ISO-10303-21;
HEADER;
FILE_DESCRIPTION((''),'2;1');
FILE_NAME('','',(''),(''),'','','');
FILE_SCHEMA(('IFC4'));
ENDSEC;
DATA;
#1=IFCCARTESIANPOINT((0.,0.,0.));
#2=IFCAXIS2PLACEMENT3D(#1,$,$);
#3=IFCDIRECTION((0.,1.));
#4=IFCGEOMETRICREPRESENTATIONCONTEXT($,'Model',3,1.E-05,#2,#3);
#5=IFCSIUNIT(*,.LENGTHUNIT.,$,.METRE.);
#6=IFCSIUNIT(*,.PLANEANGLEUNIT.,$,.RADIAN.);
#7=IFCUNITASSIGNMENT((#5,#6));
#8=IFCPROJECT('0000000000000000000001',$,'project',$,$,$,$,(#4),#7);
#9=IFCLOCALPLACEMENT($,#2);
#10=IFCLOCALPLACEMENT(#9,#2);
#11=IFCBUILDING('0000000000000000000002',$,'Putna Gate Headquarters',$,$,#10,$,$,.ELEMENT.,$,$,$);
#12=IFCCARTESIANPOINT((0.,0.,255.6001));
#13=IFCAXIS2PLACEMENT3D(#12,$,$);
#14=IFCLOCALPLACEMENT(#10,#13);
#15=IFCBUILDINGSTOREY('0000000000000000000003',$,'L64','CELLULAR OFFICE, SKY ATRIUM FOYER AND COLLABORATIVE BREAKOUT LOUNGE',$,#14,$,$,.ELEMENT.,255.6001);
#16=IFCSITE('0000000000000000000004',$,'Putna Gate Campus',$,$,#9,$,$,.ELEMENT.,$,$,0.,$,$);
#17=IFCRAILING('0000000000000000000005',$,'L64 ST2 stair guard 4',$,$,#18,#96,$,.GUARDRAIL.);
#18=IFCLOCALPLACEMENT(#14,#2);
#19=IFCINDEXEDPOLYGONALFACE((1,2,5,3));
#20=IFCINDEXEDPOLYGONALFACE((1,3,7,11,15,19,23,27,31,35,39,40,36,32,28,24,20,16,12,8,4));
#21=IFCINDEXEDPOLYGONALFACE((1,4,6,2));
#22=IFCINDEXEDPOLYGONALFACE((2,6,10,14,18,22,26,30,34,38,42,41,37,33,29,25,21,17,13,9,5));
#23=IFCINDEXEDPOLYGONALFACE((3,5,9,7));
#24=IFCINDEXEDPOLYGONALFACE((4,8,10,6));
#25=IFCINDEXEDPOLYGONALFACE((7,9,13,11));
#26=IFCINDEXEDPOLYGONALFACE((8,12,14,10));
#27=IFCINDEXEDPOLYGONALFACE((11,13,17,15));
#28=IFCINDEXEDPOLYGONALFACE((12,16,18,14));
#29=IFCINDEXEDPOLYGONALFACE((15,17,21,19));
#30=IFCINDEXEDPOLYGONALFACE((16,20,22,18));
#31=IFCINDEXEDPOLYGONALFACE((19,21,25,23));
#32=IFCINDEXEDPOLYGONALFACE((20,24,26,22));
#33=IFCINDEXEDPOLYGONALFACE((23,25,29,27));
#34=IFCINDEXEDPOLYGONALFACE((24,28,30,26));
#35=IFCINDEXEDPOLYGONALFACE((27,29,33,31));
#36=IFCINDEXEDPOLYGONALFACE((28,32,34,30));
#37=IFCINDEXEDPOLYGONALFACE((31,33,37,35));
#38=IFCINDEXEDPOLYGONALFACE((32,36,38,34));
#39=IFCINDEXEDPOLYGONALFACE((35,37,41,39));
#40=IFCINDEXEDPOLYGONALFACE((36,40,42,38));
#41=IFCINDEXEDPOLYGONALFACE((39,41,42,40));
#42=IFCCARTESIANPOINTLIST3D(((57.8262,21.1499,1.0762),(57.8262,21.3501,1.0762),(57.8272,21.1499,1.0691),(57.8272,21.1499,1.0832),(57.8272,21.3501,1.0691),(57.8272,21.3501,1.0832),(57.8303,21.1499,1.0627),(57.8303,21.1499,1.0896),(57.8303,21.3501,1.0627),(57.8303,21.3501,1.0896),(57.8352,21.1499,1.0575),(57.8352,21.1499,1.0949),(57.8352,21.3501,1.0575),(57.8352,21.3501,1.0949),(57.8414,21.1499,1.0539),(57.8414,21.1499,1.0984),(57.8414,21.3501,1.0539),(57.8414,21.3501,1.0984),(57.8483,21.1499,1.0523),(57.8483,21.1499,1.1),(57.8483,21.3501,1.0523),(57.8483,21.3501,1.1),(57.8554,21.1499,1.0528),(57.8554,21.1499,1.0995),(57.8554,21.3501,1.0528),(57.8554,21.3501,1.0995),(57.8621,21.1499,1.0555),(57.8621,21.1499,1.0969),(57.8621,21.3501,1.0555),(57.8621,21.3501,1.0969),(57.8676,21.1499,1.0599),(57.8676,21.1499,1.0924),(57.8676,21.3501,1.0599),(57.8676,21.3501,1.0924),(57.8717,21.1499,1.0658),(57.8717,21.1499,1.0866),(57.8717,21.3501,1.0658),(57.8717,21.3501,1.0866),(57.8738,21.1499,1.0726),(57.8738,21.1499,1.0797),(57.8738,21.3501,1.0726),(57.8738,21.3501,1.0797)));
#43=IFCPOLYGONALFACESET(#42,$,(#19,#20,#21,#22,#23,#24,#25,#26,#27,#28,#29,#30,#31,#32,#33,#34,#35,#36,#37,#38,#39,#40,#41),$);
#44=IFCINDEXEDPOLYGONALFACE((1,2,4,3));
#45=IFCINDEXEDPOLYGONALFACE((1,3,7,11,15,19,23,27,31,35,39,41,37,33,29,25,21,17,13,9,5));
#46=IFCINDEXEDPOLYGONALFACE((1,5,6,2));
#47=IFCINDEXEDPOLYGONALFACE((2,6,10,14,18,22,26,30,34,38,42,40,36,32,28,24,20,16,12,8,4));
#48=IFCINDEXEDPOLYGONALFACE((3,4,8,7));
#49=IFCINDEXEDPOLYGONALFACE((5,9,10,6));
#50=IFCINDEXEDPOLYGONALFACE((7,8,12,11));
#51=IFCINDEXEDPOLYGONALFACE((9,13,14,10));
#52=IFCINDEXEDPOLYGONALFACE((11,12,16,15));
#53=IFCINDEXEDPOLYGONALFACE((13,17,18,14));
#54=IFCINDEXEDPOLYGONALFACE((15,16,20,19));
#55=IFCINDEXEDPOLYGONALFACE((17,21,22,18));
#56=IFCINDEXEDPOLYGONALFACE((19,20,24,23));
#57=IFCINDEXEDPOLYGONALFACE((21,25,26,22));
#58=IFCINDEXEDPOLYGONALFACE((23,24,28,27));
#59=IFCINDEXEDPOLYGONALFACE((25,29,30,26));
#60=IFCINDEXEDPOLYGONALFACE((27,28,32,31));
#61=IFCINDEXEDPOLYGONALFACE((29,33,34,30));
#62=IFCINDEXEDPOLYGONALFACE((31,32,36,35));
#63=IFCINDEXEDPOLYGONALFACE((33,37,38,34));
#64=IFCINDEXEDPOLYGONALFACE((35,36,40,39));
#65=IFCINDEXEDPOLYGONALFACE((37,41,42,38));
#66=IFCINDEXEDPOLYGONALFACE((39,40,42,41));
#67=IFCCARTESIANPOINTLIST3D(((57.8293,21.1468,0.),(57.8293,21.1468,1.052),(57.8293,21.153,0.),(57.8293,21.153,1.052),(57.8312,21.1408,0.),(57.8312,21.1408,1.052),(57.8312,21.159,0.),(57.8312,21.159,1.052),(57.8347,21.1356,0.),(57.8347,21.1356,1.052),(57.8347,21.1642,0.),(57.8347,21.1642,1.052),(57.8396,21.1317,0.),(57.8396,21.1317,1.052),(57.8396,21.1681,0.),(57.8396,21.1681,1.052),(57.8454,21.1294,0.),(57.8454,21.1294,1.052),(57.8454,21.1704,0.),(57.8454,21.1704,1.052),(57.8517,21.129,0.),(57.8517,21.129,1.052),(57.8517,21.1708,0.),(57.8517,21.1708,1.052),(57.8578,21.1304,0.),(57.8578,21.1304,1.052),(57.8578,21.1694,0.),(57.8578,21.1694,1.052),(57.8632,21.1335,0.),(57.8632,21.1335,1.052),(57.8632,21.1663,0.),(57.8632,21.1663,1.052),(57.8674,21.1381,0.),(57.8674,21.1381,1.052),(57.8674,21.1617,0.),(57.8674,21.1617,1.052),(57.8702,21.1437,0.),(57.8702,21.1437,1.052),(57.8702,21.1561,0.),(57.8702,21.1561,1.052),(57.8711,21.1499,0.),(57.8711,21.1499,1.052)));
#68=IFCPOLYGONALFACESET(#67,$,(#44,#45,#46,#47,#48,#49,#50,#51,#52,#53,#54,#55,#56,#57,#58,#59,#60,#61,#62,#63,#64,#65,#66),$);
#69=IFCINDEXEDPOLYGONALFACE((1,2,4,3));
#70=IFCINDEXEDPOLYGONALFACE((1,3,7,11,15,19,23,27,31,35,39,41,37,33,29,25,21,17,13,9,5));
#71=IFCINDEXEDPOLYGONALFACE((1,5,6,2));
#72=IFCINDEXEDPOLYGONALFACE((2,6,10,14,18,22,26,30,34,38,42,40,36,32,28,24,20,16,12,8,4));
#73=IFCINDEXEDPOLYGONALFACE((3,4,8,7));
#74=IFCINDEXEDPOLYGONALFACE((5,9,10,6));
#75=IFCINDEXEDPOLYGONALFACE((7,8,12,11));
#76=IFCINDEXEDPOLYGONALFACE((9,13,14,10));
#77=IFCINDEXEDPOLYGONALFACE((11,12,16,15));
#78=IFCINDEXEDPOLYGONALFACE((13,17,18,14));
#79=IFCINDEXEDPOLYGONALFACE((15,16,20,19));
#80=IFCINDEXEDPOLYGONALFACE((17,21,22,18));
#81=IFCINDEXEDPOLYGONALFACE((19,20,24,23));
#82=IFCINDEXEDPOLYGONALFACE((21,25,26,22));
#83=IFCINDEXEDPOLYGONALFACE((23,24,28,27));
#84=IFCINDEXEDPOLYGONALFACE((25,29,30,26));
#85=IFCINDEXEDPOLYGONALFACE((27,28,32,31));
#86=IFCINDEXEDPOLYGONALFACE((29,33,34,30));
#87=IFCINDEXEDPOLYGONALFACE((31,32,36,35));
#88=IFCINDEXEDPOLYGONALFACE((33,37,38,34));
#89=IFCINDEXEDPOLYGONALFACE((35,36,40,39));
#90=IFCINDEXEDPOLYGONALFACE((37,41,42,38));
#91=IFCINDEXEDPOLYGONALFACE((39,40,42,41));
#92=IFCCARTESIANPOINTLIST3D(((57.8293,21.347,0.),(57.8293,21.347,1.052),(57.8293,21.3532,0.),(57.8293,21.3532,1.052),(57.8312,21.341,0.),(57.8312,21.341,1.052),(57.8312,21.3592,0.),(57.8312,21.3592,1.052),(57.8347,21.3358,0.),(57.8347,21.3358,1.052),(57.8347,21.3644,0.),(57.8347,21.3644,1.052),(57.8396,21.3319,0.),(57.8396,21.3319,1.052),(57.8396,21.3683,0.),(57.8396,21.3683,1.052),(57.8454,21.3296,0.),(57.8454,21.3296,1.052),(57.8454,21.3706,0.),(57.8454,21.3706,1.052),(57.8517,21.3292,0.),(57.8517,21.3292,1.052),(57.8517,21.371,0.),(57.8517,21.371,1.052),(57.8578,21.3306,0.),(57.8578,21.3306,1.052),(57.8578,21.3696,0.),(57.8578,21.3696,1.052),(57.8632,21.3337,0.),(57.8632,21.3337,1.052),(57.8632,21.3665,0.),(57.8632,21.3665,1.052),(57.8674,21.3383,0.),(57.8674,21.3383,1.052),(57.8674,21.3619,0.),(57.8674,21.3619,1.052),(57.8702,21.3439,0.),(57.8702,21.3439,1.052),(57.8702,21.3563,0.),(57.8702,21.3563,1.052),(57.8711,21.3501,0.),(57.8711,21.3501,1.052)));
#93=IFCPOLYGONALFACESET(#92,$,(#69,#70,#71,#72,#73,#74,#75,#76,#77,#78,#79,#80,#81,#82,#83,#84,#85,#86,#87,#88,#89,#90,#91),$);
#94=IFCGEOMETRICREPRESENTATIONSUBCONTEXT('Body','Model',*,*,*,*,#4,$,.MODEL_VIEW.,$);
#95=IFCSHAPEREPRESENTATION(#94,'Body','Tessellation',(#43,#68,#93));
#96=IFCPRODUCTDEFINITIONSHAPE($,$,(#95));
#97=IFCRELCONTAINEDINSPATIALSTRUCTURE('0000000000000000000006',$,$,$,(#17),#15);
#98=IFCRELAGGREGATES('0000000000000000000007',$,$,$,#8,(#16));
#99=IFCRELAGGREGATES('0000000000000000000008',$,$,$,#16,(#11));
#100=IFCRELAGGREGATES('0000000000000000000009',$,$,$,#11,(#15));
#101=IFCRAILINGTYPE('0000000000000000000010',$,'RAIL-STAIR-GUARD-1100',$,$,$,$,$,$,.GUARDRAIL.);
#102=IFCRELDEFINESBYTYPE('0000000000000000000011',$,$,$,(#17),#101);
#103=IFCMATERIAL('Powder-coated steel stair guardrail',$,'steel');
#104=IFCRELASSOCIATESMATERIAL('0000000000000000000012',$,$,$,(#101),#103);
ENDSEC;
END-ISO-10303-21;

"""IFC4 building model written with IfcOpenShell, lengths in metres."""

from ifc_helpers import new_model, si_unit, direction, frame, origin, origin_2d, place, context, subcontext, project, spatial, circle, extrude, material, type_object, element, save


model = new_model("IFC4")

# Units and contexts
model_context = context("Model", 3, precision=1e-05, world=origin(), true_north=direction((0.0, 1.0)))
body_context = subcontext(model_context, "Body", "Model", "MODEL_VIEW")
ifc_project = project(units=[si_unit("LENGTHUNIT", "METRE"), si_unit("PLANEANGLEUNIT", "RADIAN")], contexts=[model_context])

# Site, building, storey
site_placement = place(None, origin())
site = spatial("IfcSite", under=ifc_project, at=site_placement, Name="Putna Gate Campus", CompositionType="ELEMENT", RefElevation=0.0)
building_placement = place(site_placement, origin())
building = spatial("IfcBuilding", under=site, at=building_placement, Name="Putna Gate Headquarters", CompositionType="ELEMENT")
storey_placement = place(building_placement, frame((0.0, 0.0, 255.6001)))
storey = spatial("IfcBuildingStorey", under=building, at=storey_placement, Name="L64", Description="CELLULAR OFFICE, SKY ATRIUM FOYER AND COLLABORATIVE BREAKOUT LOUNGE", CompositionType="ELEMENT", Elevation=255.6001)

# Railing
ifc_material_1 = material(Name="Powder-coated steel stair guardrail", Category="steel")
railing_type_1 = type_object("IfcRailingType", Name="RAIL-STAIR-GUARD-1100", PredefinedType="GUARDRAIL", material=ifc_material_1)
railing_1_placement = place(storey_placement, frame((57.8501, 21.1499, 0.0)))
element("IfcRailing", 1, at=railing_1_placement, inside=storey, type_object=railing_type_1, Name="L64 ST2 stair guard 4", PredefinedType="GUARDRAIL", context=body_context, shape_type="SweptSolid", body=[
    extrude(circle(Radius=0.0239, at=origin_2d()), frame((0.0, 0.0, 1.0762), z_axis=(0.0, 1.0, 0.0), x_axis=(-1.0, 0.0, 0.0)), (0.0, 0.0, 1.0), 0.2002),
    extrude(circle(Radius=0.021, at=origin_2d()), origin(), (0.0, 0.0, 1.0), 1.052),
    extrude(circle(Radius=0.021, at=origin_2d()), frame((0.0, 0.2002, 0.0)), (0.0, 0.0, 1.0), 1.052),
])

save(model, "model.ifc")
